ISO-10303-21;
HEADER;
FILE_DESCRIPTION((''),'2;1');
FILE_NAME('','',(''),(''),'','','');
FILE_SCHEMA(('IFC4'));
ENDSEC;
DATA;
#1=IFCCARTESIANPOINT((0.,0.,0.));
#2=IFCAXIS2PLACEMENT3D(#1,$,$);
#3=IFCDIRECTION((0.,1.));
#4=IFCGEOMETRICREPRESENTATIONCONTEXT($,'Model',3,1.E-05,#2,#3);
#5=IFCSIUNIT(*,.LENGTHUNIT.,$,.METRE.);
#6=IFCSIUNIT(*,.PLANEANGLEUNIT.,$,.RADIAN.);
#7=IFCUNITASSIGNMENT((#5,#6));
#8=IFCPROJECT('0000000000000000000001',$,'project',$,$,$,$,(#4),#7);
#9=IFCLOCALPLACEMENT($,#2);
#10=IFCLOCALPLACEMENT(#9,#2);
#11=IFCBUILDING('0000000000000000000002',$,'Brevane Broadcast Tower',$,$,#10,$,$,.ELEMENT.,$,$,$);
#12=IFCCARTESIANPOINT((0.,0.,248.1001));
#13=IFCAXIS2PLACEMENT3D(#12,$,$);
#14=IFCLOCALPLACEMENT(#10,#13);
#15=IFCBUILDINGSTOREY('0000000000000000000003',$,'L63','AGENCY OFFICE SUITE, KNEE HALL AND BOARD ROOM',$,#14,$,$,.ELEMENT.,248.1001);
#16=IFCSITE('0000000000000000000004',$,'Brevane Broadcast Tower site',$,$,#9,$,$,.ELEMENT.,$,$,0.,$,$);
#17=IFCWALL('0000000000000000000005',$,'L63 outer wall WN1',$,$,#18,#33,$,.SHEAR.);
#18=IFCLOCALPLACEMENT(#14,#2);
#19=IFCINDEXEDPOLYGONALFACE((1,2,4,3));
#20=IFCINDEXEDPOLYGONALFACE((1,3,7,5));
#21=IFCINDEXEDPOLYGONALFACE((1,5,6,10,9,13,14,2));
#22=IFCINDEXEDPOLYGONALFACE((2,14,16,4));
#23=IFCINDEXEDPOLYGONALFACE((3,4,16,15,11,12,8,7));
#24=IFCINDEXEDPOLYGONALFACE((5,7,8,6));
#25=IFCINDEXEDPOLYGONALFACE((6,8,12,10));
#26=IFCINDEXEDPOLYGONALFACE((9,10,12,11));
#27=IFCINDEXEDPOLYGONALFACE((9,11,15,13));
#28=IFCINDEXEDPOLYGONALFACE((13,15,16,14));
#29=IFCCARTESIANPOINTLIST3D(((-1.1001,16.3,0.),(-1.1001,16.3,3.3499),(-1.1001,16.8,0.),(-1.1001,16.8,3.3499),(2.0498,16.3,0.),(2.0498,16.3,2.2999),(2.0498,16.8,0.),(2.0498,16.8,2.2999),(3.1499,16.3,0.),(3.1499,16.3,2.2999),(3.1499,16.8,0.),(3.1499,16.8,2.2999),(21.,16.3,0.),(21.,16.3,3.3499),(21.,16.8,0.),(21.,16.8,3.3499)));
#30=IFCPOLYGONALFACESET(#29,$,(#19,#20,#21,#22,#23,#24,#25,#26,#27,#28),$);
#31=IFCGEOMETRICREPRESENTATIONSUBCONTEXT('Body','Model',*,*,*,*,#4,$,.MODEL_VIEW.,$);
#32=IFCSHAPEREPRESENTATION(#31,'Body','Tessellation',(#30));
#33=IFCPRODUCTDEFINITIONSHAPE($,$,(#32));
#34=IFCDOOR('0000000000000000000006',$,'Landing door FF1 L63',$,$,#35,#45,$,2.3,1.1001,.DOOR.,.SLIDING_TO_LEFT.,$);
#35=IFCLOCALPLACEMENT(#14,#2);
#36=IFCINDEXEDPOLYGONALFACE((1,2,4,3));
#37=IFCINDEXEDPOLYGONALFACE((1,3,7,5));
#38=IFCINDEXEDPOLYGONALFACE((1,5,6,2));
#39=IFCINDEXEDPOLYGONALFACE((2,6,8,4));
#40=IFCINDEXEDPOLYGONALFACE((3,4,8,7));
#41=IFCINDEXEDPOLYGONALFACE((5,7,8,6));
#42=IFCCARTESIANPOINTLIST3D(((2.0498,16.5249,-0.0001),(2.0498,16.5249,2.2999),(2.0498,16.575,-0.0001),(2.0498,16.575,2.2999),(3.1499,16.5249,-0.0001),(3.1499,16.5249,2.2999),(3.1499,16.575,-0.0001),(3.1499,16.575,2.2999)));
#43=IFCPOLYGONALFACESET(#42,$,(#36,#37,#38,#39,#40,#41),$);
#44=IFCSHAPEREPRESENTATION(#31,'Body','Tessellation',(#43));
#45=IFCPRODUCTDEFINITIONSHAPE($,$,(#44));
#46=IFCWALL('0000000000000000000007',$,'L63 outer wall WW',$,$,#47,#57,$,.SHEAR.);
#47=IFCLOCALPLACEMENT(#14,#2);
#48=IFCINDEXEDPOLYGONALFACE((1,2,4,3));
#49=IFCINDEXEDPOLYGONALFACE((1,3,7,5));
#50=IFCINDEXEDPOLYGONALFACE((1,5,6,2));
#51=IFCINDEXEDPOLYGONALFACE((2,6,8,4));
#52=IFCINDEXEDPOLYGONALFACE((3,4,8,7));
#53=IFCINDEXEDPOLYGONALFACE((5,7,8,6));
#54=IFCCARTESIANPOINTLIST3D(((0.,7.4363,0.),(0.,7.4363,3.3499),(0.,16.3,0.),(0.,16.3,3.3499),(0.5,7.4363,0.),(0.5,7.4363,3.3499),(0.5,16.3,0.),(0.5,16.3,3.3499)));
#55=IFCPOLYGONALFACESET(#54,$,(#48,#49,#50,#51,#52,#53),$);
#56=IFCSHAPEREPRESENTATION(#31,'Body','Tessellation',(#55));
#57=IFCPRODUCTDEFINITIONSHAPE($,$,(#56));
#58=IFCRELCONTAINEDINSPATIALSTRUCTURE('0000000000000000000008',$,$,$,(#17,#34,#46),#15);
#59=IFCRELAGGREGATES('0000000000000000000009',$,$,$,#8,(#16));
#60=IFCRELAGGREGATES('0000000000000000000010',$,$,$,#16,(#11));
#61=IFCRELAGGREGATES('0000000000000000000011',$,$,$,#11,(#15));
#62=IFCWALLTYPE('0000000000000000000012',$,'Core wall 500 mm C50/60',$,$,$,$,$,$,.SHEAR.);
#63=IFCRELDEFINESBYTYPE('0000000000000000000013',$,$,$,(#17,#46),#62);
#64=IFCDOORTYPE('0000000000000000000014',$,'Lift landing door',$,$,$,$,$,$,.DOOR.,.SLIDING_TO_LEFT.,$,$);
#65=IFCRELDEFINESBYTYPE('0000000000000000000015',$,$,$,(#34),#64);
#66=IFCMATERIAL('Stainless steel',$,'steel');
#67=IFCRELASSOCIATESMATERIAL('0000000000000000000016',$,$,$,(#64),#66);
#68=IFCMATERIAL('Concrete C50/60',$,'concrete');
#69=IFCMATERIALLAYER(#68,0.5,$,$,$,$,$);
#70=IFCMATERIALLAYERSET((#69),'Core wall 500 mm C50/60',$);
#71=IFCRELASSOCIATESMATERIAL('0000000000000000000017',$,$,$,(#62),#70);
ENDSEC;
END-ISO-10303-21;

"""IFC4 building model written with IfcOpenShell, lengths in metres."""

from ifc_helpers import new_model, si_unit, direction, frame, frame_2d, origin, place, context, subcontext, project, spatial, rectangle, extrude, material, layer, layer_set, type_object, element, fill, save


model = new_model("IFC4")

# Units and contexts
model_context = context("Model", 3, precision=1e-05, world=origin(), true_north=direction((0.0, 1.0)))
body_context = subcontext(model_context, "Body", "Model", "MODEL_VIEW")
ifc_project = project(units=[si_unit("LENGTHUNIT", "METRE"), si_unit("PLANEANGLEUNIT", "RADIAN")], contexts=[model_context])

# Site, building, storey
site_placement = place(None, origin())
site = spatial("IfcSite", under=ifc_project, at=site_placement, Name="Brevane Broadcast Tower site", CompositionType="ELEMENT", RefElevation=0.0)
building_placement = place(site_placement, origin())
building = spatial("IfcBuilding", under=site, at=building_placement, Name="Brevane Broadcast Tower", CompositionType="ELEMENT")
storey_placement = place(building_placement, frame((0.0, 0.0, 248.1001)))
storey = spatial("IfcBuildingStorey", under=building, at=storey_placement, Name="L63", Description="AGENCY OFFICE SUITE, KNEE HALL AND BOARD ROOM", CompositionType="ELEMENT", Elevation=248.1001)

# Shared definitions
ifc_material_1 = material(Name="Concrete C50/60", Category="concrete")
ifc_material_2 = material(Name="Stainless steel", Category="steel")
door_type_1 = type_object("IfcDoorType", Name="Lift landing door", OperationType="SLIDING_TO_LEFT", PredefinedType="DOOR", material=ifc_material_2)

# Wall, opening, door
ifc_layer_1 = layer(ifc_material_1, 0.5)
ifc_layer_set_1 = layer_set([ifc_layer_1], Name="Core wall 500 mm C50/60")
wall_type_1 = type_object("IfcWallType", Name="Core wall 500 mm C50/60", PredefinedType="SHEAR", material=ifc_layer_set_1)
wall_1_placement = place(storey_placement, frame((-1.1001, 16.55, 0.0), z_axis=(0.0, 0.0, 1.0), x_axis=(1.0, 0.0, 0.0)))
wall_1 = element("IfcWall", 1, at=wall_1_placement, inside=storey, type_object=wall_type_1, Name="L63 outer wall WN1", PredefinedType="SHEAR", context=body_context, shape_type="SweptSolid", body=[
    extrude(rectangle(XDim=22.1001, YDim=0.5, at=frame_2d((11.05, 0.0))), origin(), (0.0, 0.0, 1.0), 3.3499),
])
opening_1_placement = place(wall_1_placement, frame((3.1499, 0.0, 0.0)))
opening_1 = element("IfcOpeningElement", 2, at=opening_1_placement, cuts=wall_1, PredefinedType="OPENING", context=body_context, shape_type="SweptSolid", body=[
    extrude(rectangle(XDim=1.1001, YDim=2.3, at=frame_2d((0.55, 1.1499))), frame((0.0, 0.26, 0.0), z_axis=(0.0, -1.0, 0.0), x_axis=(1.0, 0.0, 0.0)), (0.0, 0.0, 1.0), 0.52),
])
door_1_placement = place(opening_1_placement, origin())
door_1 = element("IfcDoor", 3, at=door_1_placement, inside=storey, type_object=door_type_1, Name="Landing door FF1 L63", OperationType="SLIDING_TO_LEFT", OverallHeight=2.3, OverallWidth=1.1001, PredefinedType="DOOR", context=body_context, shape_type="SweptSolid", body=[
    extrude(rectangle(XDim=1.1001, YDim=2.3, at=frame_2d((0.55, 1.1499))), frame((0.0, 0.0249, 0.0), z_axis=(0.0, -1.0, 0.0), x_axis=(1.0, 0.0, 0.0)), (0.0, 0.0, 1.0), 0.05),
])
fill(opening_1, door_1)

# Wall
wall_2_placement = place(storey_placement, frame((0.25, 7.4363, 0.0), z_axis=(0.0, 0.0, 1.0), x_axis=(0.0, 1.0, 0.0)))
element("IfcWall", 4, at=wall_2_placement, inside=storey, type_object=wall_type_1, Name="L63 outer wall WW", PredefinedType="SHEAR", context=body_context, shape_type="SweptSolid", body=[
    extrude(rectangle(XDim=8.8638, YDim=0.5, at=frame_2d((4.4319, 0.0))), origin(), (0.0, 0.0, 1.0), 3.3499),
])

save(model, "model.ifc")
